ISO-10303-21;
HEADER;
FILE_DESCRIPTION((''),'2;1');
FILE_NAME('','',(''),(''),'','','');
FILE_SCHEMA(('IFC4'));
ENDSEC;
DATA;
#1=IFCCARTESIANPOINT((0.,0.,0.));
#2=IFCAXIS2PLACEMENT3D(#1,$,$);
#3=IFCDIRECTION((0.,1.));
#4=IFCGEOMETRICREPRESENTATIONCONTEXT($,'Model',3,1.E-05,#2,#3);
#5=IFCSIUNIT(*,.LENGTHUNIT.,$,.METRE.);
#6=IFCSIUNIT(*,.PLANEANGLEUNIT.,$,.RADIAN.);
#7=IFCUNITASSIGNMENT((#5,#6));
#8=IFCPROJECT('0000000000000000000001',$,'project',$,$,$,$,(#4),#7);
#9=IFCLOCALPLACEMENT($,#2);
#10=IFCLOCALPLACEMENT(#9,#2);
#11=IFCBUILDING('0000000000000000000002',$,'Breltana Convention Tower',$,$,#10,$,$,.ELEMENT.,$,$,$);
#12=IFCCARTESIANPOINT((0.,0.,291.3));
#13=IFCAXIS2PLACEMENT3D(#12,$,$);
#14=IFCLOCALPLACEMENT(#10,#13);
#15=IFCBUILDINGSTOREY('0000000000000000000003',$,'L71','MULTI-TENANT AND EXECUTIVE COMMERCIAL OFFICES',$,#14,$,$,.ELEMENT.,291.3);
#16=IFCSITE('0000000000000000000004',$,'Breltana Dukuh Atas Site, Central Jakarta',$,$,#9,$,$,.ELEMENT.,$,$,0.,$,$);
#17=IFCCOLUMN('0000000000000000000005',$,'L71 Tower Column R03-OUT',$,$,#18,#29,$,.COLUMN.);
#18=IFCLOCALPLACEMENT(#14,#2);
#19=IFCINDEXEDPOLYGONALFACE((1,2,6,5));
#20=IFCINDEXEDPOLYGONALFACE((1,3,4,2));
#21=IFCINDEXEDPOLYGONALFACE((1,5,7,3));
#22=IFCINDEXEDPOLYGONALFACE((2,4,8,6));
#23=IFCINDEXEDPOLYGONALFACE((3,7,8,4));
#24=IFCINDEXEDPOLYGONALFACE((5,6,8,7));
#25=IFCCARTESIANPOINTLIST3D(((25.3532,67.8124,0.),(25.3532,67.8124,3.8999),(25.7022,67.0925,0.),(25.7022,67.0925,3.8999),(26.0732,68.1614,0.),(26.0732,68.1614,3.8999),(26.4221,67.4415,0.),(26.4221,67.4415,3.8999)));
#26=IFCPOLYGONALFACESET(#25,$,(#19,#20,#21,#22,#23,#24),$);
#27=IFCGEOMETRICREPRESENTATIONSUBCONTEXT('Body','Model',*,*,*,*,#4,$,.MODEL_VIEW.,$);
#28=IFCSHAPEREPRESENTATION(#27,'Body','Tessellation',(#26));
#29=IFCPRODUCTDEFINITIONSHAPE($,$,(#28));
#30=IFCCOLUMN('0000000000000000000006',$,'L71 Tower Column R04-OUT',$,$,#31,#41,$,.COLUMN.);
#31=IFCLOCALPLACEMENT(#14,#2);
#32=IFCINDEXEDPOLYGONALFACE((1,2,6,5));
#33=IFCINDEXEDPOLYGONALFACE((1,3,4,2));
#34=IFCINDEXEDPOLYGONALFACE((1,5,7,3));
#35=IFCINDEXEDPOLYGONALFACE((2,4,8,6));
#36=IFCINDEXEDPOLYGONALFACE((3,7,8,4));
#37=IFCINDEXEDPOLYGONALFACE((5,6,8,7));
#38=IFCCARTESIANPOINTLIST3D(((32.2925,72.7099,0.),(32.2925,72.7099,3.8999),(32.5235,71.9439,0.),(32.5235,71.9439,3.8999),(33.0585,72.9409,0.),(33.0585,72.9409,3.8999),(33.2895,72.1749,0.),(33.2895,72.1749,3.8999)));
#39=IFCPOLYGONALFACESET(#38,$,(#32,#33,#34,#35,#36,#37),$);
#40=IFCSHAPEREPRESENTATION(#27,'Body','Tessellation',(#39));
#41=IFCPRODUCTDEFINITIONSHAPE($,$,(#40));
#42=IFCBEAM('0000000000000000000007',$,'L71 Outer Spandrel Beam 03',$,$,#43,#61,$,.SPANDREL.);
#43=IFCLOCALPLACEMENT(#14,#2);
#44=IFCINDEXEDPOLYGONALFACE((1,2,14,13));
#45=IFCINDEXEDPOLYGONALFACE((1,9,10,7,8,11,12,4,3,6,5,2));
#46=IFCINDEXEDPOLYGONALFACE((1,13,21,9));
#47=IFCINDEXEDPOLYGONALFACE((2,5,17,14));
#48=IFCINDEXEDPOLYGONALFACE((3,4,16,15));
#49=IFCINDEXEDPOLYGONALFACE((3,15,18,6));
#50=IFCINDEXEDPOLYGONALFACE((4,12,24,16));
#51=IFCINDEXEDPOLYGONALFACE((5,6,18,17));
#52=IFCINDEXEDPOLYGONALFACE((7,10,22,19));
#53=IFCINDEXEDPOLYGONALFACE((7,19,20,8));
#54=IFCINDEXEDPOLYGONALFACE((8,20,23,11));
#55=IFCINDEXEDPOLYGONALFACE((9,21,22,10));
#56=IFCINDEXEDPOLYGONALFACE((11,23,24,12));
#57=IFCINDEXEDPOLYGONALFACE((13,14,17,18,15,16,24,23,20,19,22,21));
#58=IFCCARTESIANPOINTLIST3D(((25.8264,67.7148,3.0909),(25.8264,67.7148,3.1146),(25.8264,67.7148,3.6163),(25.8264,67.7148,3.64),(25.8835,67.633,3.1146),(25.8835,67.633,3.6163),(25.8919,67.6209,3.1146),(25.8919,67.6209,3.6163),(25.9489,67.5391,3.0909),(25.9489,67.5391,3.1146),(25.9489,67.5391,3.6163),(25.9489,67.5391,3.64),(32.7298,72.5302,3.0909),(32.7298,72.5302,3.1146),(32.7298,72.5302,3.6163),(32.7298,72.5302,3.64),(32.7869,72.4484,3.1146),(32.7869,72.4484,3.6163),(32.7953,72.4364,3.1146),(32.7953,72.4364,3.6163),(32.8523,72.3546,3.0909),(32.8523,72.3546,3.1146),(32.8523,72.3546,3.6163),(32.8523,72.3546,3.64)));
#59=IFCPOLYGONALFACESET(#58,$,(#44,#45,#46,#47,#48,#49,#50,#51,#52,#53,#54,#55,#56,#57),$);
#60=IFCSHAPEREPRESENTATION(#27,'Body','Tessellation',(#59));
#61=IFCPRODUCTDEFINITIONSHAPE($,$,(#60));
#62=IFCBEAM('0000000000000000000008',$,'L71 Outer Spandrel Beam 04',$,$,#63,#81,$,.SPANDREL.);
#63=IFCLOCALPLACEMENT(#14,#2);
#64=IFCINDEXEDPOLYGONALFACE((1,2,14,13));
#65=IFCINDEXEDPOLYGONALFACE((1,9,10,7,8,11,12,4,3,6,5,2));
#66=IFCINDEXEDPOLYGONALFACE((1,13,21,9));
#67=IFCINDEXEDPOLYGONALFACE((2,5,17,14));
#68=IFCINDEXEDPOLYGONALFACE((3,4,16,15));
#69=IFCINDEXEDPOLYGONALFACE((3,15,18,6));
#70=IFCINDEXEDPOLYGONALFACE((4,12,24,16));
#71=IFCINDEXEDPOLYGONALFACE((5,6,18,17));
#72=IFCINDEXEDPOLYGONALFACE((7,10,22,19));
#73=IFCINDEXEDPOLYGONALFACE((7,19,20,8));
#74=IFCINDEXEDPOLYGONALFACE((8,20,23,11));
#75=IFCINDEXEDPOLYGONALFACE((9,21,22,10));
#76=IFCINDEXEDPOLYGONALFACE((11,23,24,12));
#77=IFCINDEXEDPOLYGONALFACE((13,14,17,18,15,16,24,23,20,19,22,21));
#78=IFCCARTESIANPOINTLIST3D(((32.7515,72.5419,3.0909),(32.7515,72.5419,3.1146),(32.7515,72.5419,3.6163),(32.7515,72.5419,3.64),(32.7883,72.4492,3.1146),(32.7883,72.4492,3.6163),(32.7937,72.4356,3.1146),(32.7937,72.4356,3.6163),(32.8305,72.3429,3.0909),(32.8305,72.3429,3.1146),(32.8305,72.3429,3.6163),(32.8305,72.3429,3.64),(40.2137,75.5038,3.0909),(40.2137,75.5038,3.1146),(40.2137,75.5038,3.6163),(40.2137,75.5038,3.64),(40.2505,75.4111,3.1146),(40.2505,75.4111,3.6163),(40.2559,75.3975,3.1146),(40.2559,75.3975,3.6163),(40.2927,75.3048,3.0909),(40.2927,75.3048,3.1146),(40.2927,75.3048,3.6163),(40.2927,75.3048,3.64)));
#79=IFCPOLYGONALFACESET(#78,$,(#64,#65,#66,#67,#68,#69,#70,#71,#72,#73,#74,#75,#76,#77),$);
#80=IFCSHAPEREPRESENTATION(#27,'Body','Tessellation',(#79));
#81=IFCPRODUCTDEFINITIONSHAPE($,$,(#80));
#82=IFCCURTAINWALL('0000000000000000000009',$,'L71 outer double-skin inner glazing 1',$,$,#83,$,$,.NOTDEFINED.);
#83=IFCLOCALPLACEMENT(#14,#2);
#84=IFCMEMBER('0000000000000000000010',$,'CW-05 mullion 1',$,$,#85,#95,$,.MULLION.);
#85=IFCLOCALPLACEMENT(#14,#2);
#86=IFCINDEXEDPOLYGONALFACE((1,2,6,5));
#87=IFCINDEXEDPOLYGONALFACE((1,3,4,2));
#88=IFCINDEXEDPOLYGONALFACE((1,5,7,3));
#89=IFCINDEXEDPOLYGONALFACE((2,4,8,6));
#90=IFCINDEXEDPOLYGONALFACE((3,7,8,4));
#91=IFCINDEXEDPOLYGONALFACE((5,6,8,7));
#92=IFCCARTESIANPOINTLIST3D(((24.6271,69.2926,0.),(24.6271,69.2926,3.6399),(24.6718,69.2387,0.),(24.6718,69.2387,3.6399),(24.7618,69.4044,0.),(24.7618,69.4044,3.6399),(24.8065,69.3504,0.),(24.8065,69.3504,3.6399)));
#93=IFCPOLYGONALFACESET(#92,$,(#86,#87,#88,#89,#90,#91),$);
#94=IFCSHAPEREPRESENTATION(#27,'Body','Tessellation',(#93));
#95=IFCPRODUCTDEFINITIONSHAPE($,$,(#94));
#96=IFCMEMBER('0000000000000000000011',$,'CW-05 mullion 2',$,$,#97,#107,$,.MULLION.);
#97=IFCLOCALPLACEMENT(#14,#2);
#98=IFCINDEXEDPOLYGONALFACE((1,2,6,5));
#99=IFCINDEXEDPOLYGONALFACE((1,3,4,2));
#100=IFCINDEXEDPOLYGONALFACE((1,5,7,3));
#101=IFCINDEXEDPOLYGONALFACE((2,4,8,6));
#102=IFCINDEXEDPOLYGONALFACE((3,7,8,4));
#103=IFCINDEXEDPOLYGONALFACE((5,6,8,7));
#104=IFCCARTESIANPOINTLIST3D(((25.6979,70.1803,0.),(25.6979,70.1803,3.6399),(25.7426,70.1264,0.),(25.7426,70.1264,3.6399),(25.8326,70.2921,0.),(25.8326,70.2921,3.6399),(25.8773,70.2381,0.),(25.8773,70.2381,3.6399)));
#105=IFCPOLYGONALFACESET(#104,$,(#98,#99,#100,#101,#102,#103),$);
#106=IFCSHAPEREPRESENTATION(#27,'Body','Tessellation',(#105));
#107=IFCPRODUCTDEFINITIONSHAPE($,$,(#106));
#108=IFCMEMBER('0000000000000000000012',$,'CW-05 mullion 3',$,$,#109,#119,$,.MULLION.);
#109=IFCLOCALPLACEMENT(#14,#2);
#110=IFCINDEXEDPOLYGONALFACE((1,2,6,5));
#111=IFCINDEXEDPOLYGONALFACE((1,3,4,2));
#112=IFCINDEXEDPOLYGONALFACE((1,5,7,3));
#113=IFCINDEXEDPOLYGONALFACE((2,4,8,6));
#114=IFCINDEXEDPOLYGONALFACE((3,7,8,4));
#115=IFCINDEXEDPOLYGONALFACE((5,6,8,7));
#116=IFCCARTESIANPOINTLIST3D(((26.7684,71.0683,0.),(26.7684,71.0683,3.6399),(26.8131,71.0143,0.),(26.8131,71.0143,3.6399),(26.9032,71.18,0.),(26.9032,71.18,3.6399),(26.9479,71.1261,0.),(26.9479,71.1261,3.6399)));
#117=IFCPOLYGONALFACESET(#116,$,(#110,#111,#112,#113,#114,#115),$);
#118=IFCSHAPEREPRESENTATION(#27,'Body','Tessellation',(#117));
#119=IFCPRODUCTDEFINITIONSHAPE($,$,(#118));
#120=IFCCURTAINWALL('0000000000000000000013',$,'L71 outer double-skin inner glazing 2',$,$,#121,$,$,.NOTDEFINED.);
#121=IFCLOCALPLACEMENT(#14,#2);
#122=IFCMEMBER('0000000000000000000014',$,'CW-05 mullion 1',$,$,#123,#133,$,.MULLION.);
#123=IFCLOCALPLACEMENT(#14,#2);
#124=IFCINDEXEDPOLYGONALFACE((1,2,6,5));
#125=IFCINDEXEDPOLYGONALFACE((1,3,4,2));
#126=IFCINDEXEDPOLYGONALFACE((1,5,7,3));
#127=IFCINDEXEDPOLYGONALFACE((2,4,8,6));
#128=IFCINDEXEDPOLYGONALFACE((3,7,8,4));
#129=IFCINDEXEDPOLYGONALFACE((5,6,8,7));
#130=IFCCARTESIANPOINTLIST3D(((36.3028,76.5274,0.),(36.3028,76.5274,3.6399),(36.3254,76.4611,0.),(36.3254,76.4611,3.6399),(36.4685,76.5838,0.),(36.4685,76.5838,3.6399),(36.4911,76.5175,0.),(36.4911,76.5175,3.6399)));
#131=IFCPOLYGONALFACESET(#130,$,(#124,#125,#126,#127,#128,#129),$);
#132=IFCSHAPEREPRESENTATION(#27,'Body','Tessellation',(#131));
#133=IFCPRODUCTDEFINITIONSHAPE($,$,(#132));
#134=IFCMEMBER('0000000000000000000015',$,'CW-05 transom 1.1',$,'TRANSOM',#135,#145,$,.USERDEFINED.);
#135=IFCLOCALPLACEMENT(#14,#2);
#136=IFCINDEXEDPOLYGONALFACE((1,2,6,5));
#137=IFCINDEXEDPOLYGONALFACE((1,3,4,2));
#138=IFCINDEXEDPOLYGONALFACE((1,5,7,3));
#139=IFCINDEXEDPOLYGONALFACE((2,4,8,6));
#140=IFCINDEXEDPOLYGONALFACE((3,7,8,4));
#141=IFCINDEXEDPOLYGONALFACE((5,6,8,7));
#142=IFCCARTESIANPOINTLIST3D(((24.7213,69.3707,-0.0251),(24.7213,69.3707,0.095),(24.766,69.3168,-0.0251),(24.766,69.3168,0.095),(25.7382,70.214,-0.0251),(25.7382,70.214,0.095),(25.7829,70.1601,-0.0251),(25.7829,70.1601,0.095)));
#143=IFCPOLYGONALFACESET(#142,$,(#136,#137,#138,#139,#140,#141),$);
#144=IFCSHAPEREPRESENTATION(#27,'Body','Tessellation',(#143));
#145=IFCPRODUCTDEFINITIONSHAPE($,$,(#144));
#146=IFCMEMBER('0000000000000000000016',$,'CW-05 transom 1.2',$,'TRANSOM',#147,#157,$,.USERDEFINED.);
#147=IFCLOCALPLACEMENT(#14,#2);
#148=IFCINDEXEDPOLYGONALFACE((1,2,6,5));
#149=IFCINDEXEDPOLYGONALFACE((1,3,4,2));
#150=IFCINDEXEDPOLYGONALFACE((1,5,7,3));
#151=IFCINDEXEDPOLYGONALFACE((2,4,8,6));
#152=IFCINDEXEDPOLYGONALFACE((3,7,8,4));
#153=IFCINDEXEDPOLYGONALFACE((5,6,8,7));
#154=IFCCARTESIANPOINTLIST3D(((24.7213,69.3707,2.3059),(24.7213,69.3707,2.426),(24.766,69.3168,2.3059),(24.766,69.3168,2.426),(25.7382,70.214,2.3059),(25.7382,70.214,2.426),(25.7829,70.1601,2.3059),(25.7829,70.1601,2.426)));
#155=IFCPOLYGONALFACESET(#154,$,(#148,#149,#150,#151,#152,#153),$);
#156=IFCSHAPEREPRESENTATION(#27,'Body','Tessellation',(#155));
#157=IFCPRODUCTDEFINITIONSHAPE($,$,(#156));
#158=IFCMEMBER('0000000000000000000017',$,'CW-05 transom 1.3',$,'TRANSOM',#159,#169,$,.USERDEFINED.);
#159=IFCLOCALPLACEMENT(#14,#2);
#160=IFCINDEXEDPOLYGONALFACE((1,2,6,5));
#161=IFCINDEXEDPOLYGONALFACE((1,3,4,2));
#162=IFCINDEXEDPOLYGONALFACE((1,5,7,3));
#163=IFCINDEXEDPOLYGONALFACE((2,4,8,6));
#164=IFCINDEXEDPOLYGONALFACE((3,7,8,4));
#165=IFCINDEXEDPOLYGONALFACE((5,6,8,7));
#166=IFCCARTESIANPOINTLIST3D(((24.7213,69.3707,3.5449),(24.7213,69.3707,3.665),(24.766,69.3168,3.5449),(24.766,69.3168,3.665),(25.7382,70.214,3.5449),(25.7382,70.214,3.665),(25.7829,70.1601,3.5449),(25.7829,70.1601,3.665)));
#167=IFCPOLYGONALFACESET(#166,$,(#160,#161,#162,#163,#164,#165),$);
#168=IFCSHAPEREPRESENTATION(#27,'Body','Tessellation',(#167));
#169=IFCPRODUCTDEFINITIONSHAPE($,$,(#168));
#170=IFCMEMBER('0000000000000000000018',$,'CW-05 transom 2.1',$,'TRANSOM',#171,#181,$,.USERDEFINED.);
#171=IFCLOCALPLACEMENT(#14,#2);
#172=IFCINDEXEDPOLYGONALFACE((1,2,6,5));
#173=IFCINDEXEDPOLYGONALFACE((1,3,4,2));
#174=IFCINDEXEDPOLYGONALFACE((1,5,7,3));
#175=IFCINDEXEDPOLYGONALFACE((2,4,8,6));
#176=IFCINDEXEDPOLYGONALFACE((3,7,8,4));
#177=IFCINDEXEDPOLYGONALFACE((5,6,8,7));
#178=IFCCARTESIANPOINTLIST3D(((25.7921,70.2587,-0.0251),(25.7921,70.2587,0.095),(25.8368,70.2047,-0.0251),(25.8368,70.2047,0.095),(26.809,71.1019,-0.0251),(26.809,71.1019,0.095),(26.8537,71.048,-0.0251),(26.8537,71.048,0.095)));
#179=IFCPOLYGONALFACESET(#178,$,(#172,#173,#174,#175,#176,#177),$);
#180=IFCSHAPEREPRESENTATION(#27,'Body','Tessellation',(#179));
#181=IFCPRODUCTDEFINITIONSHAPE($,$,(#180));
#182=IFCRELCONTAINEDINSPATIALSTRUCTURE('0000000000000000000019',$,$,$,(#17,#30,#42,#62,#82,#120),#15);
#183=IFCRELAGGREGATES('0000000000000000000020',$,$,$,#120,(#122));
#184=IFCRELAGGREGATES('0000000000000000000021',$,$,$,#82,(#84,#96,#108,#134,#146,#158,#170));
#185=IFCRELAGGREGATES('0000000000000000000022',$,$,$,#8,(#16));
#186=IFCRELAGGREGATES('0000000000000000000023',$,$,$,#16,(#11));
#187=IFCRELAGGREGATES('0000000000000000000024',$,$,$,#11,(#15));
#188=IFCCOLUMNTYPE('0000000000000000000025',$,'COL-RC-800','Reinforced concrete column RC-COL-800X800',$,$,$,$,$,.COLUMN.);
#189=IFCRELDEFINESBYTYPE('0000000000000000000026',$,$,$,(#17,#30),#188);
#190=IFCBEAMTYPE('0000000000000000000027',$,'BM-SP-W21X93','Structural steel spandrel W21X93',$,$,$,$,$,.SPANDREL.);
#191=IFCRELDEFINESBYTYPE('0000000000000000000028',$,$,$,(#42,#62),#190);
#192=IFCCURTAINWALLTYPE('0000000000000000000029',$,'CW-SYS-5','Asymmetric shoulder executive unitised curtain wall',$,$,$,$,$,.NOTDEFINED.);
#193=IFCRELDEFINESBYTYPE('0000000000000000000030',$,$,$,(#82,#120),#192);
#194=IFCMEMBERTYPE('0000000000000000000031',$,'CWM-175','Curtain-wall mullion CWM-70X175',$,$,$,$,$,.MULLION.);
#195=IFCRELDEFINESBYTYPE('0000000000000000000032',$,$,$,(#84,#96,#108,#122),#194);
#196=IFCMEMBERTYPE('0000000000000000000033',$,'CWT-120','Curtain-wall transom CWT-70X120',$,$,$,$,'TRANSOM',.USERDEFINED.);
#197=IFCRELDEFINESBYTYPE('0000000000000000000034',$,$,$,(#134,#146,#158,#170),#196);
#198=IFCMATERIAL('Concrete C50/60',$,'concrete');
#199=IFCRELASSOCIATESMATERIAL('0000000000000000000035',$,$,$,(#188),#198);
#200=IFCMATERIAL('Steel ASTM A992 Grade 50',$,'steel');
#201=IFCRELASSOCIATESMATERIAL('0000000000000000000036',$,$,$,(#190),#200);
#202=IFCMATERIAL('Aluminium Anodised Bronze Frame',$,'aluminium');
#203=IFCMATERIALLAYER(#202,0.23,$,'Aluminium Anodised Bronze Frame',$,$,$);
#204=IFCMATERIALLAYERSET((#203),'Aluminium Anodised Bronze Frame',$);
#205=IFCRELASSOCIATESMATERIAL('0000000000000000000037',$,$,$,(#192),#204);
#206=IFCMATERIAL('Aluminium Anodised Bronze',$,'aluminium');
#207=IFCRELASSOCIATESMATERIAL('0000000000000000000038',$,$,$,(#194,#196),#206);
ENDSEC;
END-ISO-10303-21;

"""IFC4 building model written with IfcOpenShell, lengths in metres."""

from ifc_helpers import new_model, si_unit, direction, frame, origin, origin_2d, place, context, subcontext, project, spatial, rectangle, i_section, extrude, source, transform, mapped, material, layer, layer_set, material_profile, profile_set, type_object, element, aggregate, save


model = new_model("IFC4")

# Units and contexts
model_context = context("Model", 3, precision=1e-05, world=origin(), true_north=direction((0.0, 1.0)))
body_context = subcontext(model_context, "Body", "Model", "MODEL_VIEW")
ifc_project = project(units=[si_unit("LENGTHUNIT", "METRE"), si_unit("PLANEANGLEUNIT", "RADIAN")], contexts=[model_context])

# Site, building, storey
site_placement = place(None, origin())
site = spatial("IfcSite", under=ifc_project, at=site_placement, Name="Breltana Dukuh Atas Site, Central Jakarta", CompositionType="ELEMENT", RefElevation=0.0)
building_placement = place(site_placement, origin())
building = spatial("IfcBuilding", under=site, at=building_placement, Name="Breltana Convention Tower", CompositionType="ELEMENT")
storey_placement = place(building_placement, frame((0.0, 0.0, 291.3)))
storey = spatial("IfcBuildingStorey", under=building, at=storey_placement, Name="L71", Description="MULTI-TENANT AND EXECUTIVE COMMERCIAL OFFICES", CompositionType="ELEMENT", Elevation=291.3)

# Columns
ifc_material_1 = material(Name="Concrete C50/60", Category="concrete")
ifc_material_profile_1 = material_profile(ifc_material_1, rectangle(XDim=0.8, YDim=0.8, at=origin_2d()), Name="RC-COL-800X800")
ifc_profile_set_1 = profile_set([ifc_material_profile_1], Name="Concrete C50/60")
column_type = type_object("IfcColumnType", Name="COL-RC-800", Description="Reinforced concrete column RC-COL-800X800", PredefinedType="COLUMN", material=ifc_profile_set_1)
shared_shape_1 = source(origin(), body_context, "Body", "SweptSolid", [
    extrude(rectangle(XDim=0.8, YDim=0.8, at=origin_2d()), origin(), (0.0, 0.0, 1.0), 3.8999),
])
for number, where, z_axis, x_axis, name in (
    (1, (25.8877, 67.627, 0.0), (0.0, 0.0, 1.0), (-0.436174, 0.899863, 0.0), "L71 Tower Column R03-OUT"),
    (2, (32.791, 72.4424, 0.0), (0.0, 0.0, 1.0), (-0.288698, 0.95742, 0.0), "L71 Tower Column R04-OUT"),
):
    element("IfcColumn", number, at=place(storey_placement, frame(where, z_axis=z_axis, x_axis=x_axis)), inside=storey, type_object=column_type, Name=name, PredefinedType="COLUMN", context=body_context, shape_type="MappedRepresentation", body=[
        mapped(shared_shape_1, transform((0.0, 0.0, 0.0), scale=1.0)),
    ])

# Beams
ifc_material_2 = material(Name="Steel ASTM A992 Grade 50", Category="steel")
ifc_material_profile_2 = material_profile(ifc_material_2, i_section(OverallWidth=0.2141, OverallDepth=0.5491, WebThickness=0.0146, FlangeThickness=0.0237, at=origin_2d()), Name="W21X93")
ifc_profile_set_2 = profile_set([ifc_material_profile_2], Name="Steel ASTM A992 Grade 50")
beam_type = type_object("IfcBeamType", Name="BM-SP-W21X93", Description="Structural steel spandrel W21X93", PredefinedType="SPANDREL", material=ifc_profile_set_2)
shared_shape_2 = source(origin(), body_context, "Body", "SweptSolid", [
    extrude(i_section(OverallWidth=0.2141, OverallDepth=0.5491, WebThickness=0.0146, FlangeThickness=0.0237, at=origin_2d()), origin(), (0.0, 0.0, 1.0), 8.417),
])
beam_1_placement = place(storey_placement, frame((25.8877, 67.627, 3.3655), z_axis=(0.820174, 0.572114, 0.0), x_axis=(-0.572114, 0.820174, 0.0)))
element("IfcBeam", 3, at=beam_1_placement, inside=storey, type_object=beam_type, Name="L71 Outer Spandrel Beam 03", PredefinedType="SPANDREL", context=body_context, shape_type="MappedRepresentation", body=[
    mapped(shared_shape_2, transform((0.0, 0.0, 0.0), scale=1.0)),
])
shared_shape_3 = source(origin(), body_context, "Body", "SweptSolid", [
    extrude(i_section(OverallWidth=0.2141, OverallDepth=0.5491, WebThickness=0.0146, FlangeThickness=0.0237, at=origin_2d()), origin(), (0.0, 0.0, 1.0), 8.0286),
])
beam_2_placement = place(storey_placement, frame((32.791, 72.4424, 3.3655), z_axis=(0.929459, 0.368925, 0.0), x_axis=(-0.368925, 0.929459, 0.0)))
element("IfcBeam", 4, at=beam_2_placement, inside=storey, type_object=beam_type, Name="L71 Outer Spandrel Beam 04", PredefinedType="SPANDREL", context=body_context, shape_type="MappedRepresentation", body=[
    mapped(shared_shape_3, transform((0.0, 0.0, 0.0), scale=1.0)),
])

# Curtain wall, members
ifc_material_3 = material(Name="Aluminium Anodised Bronze Frame", Category="aluminium")
ifc_layer_1 = layer(ifc_material_3, 0.23, Name="Aluminium Anodised Bronze Frame")
ifc_layer_set_1 = layer_set([ifc_layer_1], Name="Aluminium Anodised Bronze Frame")
curtain_wall_type = type_object("IfcCurtainWallType", Name="CW-SYS-5", Description="Asymmetric shoulder executive unitised curtain wall", PredefinedType="NOTDEFINED", material=ifc_layer_set_1)
curtain_wall_1_placement = place(storey_placement, origin())
curtain_wall_1 = element("IfcCurtainWall", 5, at=curtain_wall_1_placement, inside=storey, type_object=curtain_wall_type, Name="L71 outer double-skin inner glazing 1", PredefinedType="NOTDEFINED")
ifc_material_4 = material(Name="Aluminium Anodised Bronze", Category="aluminium")
ifc_material_profile_3 = material_profile(ifc_material_4, rectangle(XDim=0.0701, YDim=0.175, at=origin_2d()), Name="CWM-70X175")
ifc_profile_set_3 = profile_set([ifc_material_profile_3], Name="Aluminium Anodised Bronze")
member_type_1 = type_object("IfcMemberType", Name="CWM-175", Description="Curtain-wall mullion CWM-70X175", PredefinedType="MULLION", material=ifc_profile_set_3)
shared_shape_4 = source(origin(), body_context, "Body", "SweptSolid", [
    extrude(rectangle(XDim=0.0701, YDim=0.175, at=origin_2d()), origin(), (0.0, 0.0, 1.0), 3.6399),
])
member_1_placement = place(storey_placement, frame((24.7168, 69.3215, 0.0), z_axis=(0.0, 0.0, 1.0), x_axis=(-0.63832, 0.769771, 0.0)))
member_1 = element("IfcMember", 6, at=member_1_placement, type_object=member_type_1, Name="CW-05 mullion 1", PredefinedType="MULLION", context=body_context, shape_type="MappedRepresentation", body=[
    mapped(shared_shape_4, transform((0.0, 0.0, 0.0), scale=1.0)),
])
member_2_placement = place(storey_placement, frame((25.7876, 70.2092, 0.0), z_axis=(0.0, 0.0, 1.0), x_axis=(-0.63832, 0.769771, 0.0)))
member_2 = element("IfcMember", 7, at=member_2_placement, type_object=member_type_1, Name="CW-05 mullion 2", PredefinedType="MULLION", context=body_context, shape_type="MappedRepresentation", body=[
    mapped(shared_shape_4, transform((0.0, 0.0, 0.0), scale=1.0)),
])
member_3_placement = place(storey_placement, frame((26.8582, 71.0972, 0.0), z_axis=(0.0, 0.0, 1.0), x_axis=(-0.63832, 0.769771, 0.0)))
member_3 = element("IfcMember", 8, at=member_3_placement, type_object=member_type_1, Name="CW-05 mullion 3", PredefinedType="MULLION", context=body_context, shape_type="MappedRepresentation", body=[
    mapped(shared_shape_4, transform((0.0, 0.0, 0.0), scale=1.0)),
])

# Curtain wall, member
curtain_wall_2_placement = place(storey_placement, origin())
curtain_wall_2 = element("IfcCurtainWall", 9, at=curtain_wall_2_placement, inside=storey, type_object=curtain_wall_type, Name="L71 outer double-skin inner glazing 2", PredefinedType="NOTDEFINED")
member_4_placement = place(storey_placement, frame((36.397, 76.5225, 0.0), z_axis=(0.0, 0.0, 1.0), x_axis=(-0.322187, 0.946676, 0.0)))
member_4 = element("IfcMember", 10, at=member_4_placement, type_object=member_type_1, Name="CW-05 mullion 1", PredefinedType="MULLION", context=body_context, shape_type="MappedRepresentation", body=[
    mapped(shared_shape_4, transform((0.0, 0.0, 0.0), scale=1.0)),
])
aggregate(curtain_wall_2, [member_4])

# Members
ifc_material_profile_4 = material_profile(ifc_material_4, rectangle(XDim=0.0701, YDim=0.1201, at=origin_2d()), Name="CWT-70X120")
ifc_profile_set_4 = profile_set([ifc_material_profile_4], Name="Aluminium Anodised Bronze")
member_type_2 = type_object("IfcMemberType", Name="CWT-120", Description="Curtain-wall transom CWT-70X120", ElementType="TRANSOM", PredefinedType="USERDEFINED", material=ifc_profile_set_4)
shared_shape_5 = source(origin(), body_context, "Body", "SweptSolid", [
    extrude(rectangle(XDim=0.0701, YDim=0.1201, at=origin_2d()), origin(), (0.0, 0.0, 1.0), 1.321),
])
member_5_placement = place(storey_placement, frame((24.7437, 69.3438, 0.0349), z_axis=(0.769749, 0.638347, 0.0), x_axis=(-0.638347, 0.769749, 0.0)))
member_5 = element("IfcMember", 11, at=member_5_placement, type_object=member_type_2, Name="CW-05 transom 1.1", ObjectType="TRANSOM", PredefinedType="USERDEFINED", context=body_context, shape_type="MappedRepresentation", body=[
    mapped(shared_shape_5, transform((0.0, 0.0, 0.0), scale=1.0)),
])
member_6_placement = place(storey_placement, frame((24.7437, 69.3438, 2.366), z_axis=(0.769749, 0.638347, 0.0), x_axis=(-0.638347, 0.769749, 0.0)))
member_6 = element("IfcMember", 12, at=member_6_placement, type_object=member_type_2, Name="CW-05 transom 1.2", ObjectType="TRANSOM", PredefinedType="USERDEFINED", context=body_context, shape_type="MappedRepresentation", body=[
    mapped(shared_shape_5, transform((0.0, 0.0, 0.0), scale=1.0)),
])
member_7_placement = place(storey_placement, frame((24.7437, 69.3438, 3.605), z_axis=(0.769749, 0.638347, 0.0), x_axis=(-0.638347, 0.769749, 0.0)))
member_7 = element("IfcMember", 13, at=member_7_placement, type_object=member_type_2, Name="CW-05 transom 1.3", ObjectType="TRANSOM", PredefinedType="USERDEFINED", context=body_context, shape_type="MappedRepresentation", body=[
    mapped(shared_shape_5, transform((0.0, 0.0, 0.0), scale=1.0)),
])
member_8_placement = place(storey_placement, frame((25.8145, 70.2317, 0.0349), z_axis=(0.769749, 0.638347, 0.0), x_axis=(-0.638347, 0.769749, 0.0)))
member_8 = element("IfcMember", 14, at=member_8_placement, type_object=member_type_2, Name="CW-05 transom 2.1", ObjectType="TRANSOM", PredefinedType="USERDEFINED", context=body_context, shape_type="MappedRepresentation", body=[
    mapped(shared_shape_5, transform((0.0, 0.0, 0.0), scale=1.0)),
])

aggregate(curtain_wall_1, [member_1, member_2, member_3, member_5, member_6, member_7, member_8])

save(model, "model.ifc")
